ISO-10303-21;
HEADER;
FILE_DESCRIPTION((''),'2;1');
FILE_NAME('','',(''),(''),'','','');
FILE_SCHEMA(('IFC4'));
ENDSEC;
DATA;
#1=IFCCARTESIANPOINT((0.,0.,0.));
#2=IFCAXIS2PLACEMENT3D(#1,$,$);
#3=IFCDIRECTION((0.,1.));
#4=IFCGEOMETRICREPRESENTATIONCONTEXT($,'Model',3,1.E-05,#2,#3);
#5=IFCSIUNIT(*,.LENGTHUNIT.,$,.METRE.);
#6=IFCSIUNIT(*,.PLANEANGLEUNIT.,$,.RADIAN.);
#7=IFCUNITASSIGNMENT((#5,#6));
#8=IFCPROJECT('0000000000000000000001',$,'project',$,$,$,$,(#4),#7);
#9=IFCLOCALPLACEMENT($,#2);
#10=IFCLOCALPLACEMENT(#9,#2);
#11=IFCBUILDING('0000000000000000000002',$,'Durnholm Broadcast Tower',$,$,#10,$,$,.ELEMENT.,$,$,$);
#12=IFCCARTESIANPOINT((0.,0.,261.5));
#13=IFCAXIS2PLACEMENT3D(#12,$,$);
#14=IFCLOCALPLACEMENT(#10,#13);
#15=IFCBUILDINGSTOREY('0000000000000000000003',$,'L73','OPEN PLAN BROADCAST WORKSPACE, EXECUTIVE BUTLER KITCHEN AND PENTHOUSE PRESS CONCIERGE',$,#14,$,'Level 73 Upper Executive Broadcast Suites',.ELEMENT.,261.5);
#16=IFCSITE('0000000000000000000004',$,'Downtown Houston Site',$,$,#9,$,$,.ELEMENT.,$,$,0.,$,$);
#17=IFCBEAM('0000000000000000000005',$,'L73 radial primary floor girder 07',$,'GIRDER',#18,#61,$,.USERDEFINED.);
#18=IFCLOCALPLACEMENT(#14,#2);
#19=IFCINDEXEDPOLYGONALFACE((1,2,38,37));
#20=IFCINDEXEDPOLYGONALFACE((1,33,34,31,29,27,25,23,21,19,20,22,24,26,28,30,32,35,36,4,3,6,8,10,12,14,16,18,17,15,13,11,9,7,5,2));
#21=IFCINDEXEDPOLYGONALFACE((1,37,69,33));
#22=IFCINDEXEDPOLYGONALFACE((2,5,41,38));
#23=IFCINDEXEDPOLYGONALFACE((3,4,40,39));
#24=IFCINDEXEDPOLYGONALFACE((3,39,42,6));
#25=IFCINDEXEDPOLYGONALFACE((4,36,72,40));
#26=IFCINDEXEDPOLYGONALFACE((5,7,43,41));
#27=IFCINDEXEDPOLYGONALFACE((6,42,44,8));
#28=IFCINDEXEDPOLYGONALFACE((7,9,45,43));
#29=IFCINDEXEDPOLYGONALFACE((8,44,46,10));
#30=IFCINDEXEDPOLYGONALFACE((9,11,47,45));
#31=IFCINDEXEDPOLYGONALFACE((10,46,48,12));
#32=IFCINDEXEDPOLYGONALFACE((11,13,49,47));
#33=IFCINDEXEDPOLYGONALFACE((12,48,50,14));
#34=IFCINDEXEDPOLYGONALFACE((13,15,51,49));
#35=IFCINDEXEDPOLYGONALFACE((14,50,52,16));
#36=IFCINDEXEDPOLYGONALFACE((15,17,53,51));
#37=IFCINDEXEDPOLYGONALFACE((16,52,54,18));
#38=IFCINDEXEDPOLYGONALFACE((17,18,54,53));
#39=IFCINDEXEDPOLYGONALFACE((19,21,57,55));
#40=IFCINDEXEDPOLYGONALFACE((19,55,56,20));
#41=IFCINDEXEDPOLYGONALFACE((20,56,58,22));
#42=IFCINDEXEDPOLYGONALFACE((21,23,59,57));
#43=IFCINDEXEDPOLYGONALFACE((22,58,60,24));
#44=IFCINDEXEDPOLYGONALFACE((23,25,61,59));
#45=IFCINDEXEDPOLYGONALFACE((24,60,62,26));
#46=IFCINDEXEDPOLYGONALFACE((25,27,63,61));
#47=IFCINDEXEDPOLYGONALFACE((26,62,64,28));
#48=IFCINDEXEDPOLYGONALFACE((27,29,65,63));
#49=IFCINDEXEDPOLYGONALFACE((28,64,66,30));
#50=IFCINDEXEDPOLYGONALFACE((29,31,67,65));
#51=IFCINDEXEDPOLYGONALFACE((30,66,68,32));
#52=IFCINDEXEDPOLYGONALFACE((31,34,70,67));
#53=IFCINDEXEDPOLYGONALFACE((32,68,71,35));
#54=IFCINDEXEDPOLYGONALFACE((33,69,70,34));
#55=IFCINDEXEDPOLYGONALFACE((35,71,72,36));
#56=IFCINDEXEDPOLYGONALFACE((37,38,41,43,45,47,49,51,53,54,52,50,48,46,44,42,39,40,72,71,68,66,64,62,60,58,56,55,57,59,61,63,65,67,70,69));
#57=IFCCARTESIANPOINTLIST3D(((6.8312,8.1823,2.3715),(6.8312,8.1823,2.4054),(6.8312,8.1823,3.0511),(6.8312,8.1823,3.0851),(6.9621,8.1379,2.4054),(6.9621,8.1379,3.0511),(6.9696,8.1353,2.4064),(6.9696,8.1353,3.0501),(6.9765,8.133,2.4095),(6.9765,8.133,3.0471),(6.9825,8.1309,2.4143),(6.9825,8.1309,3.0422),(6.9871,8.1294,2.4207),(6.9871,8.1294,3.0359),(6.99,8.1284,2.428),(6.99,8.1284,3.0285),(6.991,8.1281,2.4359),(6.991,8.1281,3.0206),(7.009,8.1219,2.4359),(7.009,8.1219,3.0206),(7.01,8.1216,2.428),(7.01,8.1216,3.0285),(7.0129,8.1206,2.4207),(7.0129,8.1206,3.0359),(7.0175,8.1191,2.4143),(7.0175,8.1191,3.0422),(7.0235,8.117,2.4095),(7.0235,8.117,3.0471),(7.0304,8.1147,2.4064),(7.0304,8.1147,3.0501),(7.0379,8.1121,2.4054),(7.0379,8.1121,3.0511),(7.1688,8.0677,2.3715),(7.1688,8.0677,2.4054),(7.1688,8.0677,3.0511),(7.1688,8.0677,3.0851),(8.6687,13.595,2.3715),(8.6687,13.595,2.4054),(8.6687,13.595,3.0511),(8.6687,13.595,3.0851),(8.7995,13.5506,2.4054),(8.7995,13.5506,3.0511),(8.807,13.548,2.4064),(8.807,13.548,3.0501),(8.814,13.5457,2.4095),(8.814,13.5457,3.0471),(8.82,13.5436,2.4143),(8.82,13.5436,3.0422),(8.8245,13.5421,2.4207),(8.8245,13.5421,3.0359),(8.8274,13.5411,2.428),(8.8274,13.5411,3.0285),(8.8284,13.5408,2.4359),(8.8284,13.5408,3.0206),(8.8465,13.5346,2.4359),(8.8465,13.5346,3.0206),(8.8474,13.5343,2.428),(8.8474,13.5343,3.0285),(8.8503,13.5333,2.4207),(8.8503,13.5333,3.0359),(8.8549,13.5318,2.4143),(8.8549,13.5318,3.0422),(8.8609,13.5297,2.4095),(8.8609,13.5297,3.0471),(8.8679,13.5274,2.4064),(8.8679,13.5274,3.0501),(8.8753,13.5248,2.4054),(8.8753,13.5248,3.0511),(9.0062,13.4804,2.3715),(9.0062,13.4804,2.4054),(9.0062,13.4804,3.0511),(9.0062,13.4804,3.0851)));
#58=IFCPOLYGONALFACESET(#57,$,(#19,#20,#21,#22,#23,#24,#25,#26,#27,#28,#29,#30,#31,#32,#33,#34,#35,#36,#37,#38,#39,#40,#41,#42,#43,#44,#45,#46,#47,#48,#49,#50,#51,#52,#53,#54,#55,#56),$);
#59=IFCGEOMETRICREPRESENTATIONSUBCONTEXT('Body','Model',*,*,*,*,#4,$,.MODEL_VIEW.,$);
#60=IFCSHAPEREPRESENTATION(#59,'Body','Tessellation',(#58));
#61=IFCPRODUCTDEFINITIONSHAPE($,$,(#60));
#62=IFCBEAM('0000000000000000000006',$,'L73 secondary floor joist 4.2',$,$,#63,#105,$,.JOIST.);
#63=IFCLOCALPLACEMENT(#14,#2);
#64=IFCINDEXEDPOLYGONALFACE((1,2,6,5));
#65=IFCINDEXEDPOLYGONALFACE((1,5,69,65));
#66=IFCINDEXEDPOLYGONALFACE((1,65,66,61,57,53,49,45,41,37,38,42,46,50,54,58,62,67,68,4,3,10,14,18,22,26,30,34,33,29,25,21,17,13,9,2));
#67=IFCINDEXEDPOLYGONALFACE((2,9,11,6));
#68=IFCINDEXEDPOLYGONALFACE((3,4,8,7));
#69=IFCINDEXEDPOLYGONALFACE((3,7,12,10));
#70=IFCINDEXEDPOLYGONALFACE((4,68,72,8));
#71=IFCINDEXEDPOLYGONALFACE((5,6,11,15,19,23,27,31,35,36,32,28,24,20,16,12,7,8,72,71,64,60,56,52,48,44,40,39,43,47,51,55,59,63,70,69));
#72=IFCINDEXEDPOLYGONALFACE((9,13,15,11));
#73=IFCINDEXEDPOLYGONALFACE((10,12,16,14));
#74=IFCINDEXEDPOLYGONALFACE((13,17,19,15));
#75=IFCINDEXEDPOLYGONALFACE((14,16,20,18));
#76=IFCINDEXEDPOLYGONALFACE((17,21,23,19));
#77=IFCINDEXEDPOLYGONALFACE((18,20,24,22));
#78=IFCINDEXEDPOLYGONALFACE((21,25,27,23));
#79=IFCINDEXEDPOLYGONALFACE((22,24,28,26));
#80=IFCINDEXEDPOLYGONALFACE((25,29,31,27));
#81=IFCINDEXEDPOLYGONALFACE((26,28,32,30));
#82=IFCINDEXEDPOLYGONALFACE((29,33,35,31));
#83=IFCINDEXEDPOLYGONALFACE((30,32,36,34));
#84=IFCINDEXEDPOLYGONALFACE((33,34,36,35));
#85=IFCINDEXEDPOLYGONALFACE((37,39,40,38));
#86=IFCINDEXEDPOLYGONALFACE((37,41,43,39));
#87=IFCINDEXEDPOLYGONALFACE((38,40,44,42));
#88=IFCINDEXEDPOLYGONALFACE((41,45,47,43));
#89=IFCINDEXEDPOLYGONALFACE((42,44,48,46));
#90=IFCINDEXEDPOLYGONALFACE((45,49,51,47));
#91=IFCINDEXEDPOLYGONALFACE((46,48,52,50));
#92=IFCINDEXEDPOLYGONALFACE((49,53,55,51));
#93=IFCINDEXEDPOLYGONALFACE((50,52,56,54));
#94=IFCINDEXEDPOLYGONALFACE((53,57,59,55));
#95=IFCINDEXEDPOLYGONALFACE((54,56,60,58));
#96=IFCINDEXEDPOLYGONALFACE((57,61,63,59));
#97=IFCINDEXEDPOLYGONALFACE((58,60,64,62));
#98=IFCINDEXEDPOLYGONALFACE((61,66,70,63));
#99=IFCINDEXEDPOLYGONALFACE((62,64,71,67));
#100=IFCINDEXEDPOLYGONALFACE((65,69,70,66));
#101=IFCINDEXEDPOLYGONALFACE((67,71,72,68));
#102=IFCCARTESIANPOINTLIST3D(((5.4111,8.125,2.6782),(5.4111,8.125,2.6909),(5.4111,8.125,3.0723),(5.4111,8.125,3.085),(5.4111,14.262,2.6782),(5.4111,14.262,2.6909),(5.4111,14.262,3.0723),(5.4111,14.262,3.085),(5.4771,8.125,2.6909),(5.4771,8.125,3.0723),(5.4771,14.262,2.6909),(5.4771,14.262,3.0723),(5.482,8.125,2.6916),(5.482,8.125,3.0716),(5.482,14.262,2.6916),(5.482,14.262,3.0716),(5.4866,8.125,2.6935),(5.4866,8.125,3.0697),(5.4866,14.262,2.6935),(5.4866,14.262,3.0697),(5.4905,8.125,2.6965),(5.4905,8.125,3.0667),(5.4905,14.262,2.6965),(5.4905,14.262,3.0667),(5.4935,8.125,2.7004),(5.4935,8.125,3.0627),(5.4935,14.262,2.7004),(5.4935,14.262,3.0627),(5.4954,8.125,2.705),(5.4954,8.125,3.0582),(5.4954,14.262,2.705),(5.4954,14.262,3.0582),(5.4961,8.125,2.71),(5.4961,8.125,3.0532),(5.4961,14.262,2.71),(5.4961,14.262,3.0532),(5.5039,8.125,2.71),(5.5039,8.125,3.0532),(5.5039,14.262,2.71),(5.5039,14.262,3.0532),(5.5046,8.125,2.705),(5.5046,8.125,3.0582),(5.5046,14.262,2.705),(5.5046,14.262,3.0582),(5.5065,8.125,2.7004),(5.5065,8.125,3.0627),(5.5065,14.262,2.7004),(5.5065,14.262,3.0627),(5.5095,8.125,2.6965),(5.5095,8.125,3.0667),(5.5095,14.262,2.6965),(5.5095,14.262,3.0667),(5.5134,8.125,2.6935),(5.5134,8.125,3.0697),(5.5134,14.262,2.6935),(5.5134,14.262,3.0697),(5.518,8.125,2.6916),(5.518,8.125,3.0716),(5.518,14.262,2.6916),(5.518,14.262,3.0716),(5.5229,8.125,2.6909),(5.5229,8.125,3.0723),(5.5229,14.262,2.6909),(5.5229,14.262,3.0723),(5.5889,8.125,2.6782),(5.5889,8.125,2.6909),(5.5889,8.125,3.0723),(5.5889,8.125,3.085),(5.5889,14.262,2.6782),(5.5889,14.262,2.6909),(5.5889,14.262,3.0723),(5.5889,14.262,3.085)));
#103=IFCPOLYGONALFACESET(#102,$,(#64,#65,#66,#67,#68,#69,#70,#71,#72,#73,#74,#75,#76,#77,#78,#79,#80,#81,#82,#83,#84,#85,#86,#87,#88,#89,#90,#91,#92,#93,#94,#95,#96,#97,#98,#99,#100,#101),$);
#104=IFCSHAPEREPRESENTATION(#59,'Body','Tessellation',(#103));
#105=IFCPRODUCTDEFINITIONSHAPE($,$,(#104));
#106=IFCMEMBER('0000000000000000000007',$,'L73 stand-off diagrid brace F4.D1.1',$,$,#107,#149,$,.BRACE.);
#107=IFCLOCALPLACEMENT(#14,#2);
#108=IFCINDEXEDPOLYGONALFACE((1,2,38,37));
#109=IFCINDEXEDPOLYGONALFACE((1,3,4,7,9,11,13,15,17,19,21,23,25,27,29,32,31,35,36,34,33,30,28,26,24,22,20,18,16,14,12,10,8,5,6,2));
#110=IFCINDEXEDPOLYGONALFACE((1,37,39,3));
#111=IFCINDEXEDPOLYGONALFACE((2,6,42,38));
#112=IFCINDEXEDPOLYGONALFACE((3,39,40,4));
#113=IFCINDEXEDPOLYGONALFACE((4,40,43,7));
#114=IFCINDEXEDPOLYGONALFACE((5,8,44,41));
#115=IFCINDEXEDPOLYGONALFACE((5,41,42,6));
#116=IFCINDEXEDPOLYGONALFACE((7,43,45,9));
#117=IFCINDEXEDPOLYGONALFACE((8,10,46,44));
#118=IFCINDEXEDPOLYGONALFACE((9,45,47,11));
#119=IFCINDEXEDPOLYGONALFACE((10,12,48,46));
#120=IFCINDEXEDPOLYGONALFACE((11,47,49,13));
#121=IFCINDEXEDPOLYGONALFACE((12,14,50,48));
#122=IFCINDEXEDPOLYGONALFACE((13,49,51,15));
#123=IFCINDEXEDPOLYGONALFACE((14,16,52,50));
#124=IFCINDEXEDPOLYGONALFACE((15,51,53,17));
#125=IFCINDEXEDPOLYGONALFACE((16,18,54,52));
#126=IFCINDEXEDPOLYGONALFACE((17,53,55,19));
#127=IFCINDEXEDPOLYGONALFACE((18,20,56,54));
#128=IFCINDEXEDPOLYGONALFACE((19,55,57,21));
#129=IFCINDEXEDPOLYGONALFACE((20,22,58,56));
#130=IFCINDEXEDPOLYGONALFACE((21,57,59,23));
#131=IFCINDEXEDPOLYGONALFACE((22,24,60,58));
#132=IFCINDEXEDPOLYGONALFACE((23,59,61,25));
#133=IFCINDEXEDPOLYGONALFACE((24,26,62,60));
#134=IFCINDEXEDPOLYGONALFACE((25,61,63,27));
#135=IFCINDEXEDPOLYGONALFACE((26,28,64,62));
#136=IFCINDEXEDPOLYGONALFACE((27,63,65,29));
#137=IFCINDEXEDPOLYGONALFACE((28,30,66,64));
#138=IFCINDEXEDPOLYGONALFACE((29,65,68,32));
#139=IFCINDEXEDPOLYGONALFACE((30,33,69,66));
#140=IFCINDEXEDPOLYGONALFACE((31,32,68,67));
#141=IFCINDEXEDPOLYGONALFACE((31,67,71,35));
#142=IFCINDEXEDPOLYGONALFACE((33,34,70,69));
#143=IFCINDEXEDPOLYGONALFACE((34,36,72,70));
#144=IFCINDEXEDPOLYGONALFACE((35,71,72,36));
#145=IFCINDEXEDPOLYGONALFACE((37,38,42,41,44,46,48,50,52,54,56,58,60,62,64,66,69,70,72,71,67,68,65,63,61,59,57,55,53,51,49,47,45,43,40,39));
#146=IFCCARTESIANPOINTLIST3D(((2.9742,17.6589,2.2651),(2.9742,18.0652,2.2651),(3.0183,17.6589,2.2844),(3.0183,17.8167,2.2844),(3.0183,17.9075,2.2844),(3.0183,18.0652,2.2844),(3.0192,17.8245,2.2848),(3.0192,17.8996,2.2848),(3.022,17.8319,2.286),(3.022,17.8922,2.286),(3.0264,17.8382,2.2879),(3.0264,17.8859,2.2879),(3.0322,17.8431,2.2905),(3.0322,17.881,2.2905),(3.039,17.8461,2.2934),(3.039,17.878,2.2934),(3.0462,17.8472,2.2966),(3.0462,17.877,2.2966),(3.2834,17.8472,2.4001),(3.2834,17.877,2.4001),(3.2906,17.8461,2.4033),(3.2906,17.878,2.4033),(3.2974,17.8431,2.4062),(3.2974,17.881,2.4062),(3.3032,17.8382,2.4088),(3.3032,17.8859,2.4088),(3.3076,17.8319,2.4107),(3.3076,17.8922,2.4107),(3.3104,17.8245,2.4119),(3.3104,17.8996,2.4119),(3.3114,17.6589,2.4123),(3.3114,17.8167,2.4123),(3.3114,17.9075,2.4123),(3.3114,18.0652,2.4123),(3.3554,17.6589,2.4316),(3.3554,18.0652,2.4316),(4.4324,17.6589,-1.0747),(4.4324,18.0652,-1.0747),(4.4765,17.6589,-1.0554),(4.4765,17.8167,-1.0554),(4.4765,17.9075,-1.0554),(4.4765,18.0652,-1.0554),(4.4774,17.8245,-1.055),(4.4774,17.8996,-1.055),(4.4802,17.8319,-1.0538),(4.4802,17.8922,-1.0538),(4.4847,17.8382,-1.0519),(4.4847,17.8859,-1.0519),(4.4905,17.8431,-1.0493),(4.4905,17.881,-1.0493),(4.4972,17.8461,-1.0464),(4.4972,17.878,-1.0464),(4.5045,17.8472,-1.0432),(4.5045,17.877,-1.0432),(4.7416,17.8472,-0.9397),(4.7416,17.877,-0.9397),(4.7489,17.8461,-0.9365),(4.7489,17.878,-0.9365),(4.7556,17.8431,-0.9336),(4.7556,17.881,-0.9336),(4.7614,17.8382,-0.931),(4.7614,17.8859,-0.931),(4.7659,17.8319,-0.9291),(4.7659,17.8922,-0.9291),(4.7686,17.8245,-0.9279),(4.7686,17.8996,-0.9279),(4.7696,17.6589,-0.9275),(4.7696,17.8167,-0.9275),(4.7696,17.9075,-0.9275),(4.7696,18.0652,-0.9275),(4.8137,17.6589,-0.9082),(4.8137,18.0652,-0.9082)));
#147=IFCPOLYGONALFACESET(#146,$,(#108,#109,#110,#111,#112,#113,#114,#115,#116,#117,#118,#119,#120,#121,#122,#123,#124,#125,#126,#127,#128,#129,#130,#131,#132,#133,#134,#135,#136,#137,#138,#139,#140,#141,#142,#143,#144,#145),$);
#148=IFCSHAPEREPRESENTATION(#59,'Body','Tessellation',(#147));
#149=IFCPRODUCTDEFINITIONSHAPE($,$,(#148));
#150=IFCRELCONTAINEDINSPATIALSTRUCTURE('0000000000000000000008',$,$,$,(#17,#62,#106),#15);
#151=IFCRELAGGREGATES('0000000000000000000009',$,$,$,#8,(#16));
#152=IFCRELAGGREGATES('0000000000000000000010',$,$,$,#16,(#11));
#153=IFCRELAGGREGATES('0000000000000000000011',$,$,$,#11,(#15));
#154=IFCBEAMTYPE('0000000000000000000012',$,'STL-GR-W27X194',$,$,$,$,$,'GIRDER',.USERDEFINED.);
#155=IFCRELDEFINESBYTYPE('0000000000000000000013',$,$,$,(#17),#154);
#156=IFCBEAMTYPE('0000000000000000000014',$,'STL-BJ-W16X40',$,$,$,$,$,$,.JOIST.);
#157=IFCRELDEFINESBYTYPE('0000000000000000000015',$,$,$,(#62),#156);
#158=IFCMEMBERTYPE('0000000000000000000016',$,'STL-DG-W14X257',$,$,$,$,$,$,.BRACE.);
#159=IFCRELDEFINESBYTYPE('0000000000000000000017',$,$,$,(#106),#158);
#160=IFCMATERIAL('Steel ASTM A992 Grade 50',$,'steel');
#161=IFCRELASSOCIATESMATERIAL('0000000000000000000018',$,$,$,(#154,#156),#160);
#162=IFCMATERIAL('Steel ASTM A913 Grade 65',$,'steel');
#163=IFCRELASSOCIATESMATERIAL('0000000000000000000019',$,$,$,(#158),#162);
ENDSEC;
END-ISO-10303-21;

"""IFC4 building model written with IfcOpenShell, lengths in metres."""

from ifc_helpers import new_model, si_unit, direction, frame, origin, origin_2d, place, context, subcontext, project, spatial, i_section, extrude, source, transform, mapped, material, material_profile, profile_set, type_object, type_shapes, element, save


model = new_model("IFC4")

# Units and contexts
model_context = context("Model", 3, precision=1e-05, world=origin(), true_north=direction((0.0, 1.0)))
body_context = subcontext(model_context, "Body", "Model", "MODEL_VIEW")
ifc_project = project(units=[si_unit("LENGTHUNIT", "METRE"), si_unit("PLANEANGLEUNIT", "RADIAN")], contexts=[model_context])

# Site, building, storey
site_placement = place(None, origin())
site = spatial("IfcSite", under=ifc_project, at=site_placement, Name="Downtown Houston Site", CompositionType="ELEMENT", RefElevation=0.0)
building_placement = place(site_placement, origin())
building = spatial("IfcBuilding", under=site, at=building_placement, Name="Durnholm Broadcast Tower", CompositionType="ELEMENT")
storey_placement = place(building_placement, frame((0.0, 0.0, 261.5)))
storey = spatial("IfcBuildingStorey", under=building, at=storey_placement, Name="L73", Description="OPEN PLAN BROADCAST WORKSPACE, EXECUTIVE BUTLER KITCHEN AND PENTHOUSE PRESS CONCIERGE", LongName="Level 73 Upper Executive Broadcast Suites", CompositionType="ELEMENT", Elevation=261.5)

# Beams
ifc_material_1 = material(Name="Steel ASTM A992 Grade 50", Category="steel")
ifc_material_profile_1 = material_profile(ifc_material_1, i_section(OverallWidth=0.3564, OverallDepth=0.7136, WebThickness=0.019, FlangeThickness=0.0339, FilletRadius=0.0305, at=origin_2d()), Name="W27X194")
ifc_profile_set_1 = profile_set([ifc_material_profile_1], Name="Steel ASTM A992 Grade 50")
beam_type_1 = type_object("IfcBeamType", Name="STL-GR-W27X194", ElementType="GIRDER", PredefinedType="USERDEFINED", material=ifc_profile_set_1)
shared_shape_1 = source(origin(), body_context, "Body", "SweptSolid", [
    extrude(i_section(OverallWidth=0.3564, OverallDepth=0.7136, WebThickness=0.019, FlangeThickness=0.0339, FilletRadius=0.0305, at=origin_2d()), origin(), (0.0, 0.0, 1.0), 5.7161),
])
beam_1_placement = place(storey_placement, frame((7.0, 8.125, 2.7283), z_axis=(0.321451, 0.946926, 0.0), x_axis=(-0.946926, 0.321451, 0.0)))
element("IfcBeam", 1, at=beam_1_placement, inside=storey, type_object=beam_type_1, Name="L73 radial primary floor girder 07", ObjectType="GIRDER", PredefinedType="USERDEFINED", context=body_context, shape_type="MappedRepresentation", body=[
    mapped(shared_shape_1, transform((0.0, 0.0, 0.0), x_axis=(1.0, 0.0, 0.0), y_axis=(0.0, 1.0, 0.0), z_axis=(0.0, 0.0, 1.0), scale=1.0)),
])
ifc_material_profile_2 = material_profile(ifc_material_1, i_section(OverallWidth=0.1777, OverallDepth=0.4067, WebThickness=0.0078, FlangeThickness=0.0127, FilletRadius=0.019, at=origin_2d()), Name="W16X40")
ifc_profile_set_2 = profile_set([ifc_material_profile_2], Name="Steel ASTM A992 Grade 50")
beam_type_2 = type_object("IfcBeamType", Name="STL-BJ-W16X40", PredefinedType="JOIST", material=ifc_profile_set_2)
shared_shape_2 = source(origin(), body_context, "Body", "SweptSolid", [
    extrude(i_section(OverallWidth=0.1777, OverallDepth=0.4067, WebThickness=0.0078, FlangeThickness=0.0127, FilletRadius=0.019, at=origin_2d()), origin(), (0.0, 0.0, 1.0), 6.137),
])
type_shapes(beam_type_2, [shared_shape_2])
beam_2_placement = place(storey_placement, frame((5.5, 8.125, 2.8816), z_axis=(0.0, 1.0, 0.0), x_axis=(-1.0, 0.0, 0.0)))
element("IfcBeam", 2, at=beam_2_placement, inside=storey, type_object=beam_type_2, Name="L73 secondary floor joist 4.2", PredefinedType="JOIST", context=body_context, shape_type="MappedRepresentation", body=[
    mapped(shared_shape_2, transform((0.0, 0.0, 0.0), x_axis=(1.0, 0.0, 0.0), y_axis=(0.0, 1.0, 0.0), z_axis=(0.0, 0.0, 1.0), scale=1.0)),
])

# Member
ifc_material_2 = material(Name="Steel ASTM A913 Grade 65", Category="steel")
ifc_material_profile_3 = material_profile(ifc_material_2, i_section(OverallWidth=0.4062, OverallDepth=0.416, WebThickness=0.0298, FlangeThickness=0.0481, FilletRadius=0.0305, at=origin_2d()), Name="W14X257")
ifc_profile_set_3 = profile_set([ifc_material_profile_3], Name="Steel ASTM A913 Grade 65")
member_type = type_object("IfcMemberType", Name="STL-DG-W14X257", PredefinedType="BRACE", material=ifc_profile_set_3)
shared_shape_3 = source(origin(), body_context, "Body", "SweptSolid", [
    extrude(i_section(OverallWidth=0.4062, OverallDepth=0.416, WebThickness=0.0298, FlangeThickness=0.0481, FilletRadius=0.0305, at=origin_2d()), origin(), (0.0, 0.0, 1.0), 3.6443),
])
type_shapes(member_type, [shared_shape_3])
for number, where, z_axis, x_axis, name in (
    (3, (4.623, 17.8621, -0.9915), (-0.400144, 0.0, 0.916452), (0.0, -1.0, 0.0), "L73 stand-off diagrid brace F4.D1.1"),
):
    element("IfcMember", number, at=place(storey_placement, frame(where, z_axis=z_axis, x_axis=x_axis)), inside=storey, type_object=member_type, Name=name, PredefinedType="BRACE", context=body_context, shape_type="MappedRepresentation", body=[
        mapped(shared_shape_3, transform((0.0, 0.0, 0.0), x_axis=(1.0, 0.0, 0.0), y_axis=(0.0, 1.0, 0.0), z_axis=(0.0, 0.0, 1.0), scale=1.0)),
    ])

save(model, "model.ifc")
